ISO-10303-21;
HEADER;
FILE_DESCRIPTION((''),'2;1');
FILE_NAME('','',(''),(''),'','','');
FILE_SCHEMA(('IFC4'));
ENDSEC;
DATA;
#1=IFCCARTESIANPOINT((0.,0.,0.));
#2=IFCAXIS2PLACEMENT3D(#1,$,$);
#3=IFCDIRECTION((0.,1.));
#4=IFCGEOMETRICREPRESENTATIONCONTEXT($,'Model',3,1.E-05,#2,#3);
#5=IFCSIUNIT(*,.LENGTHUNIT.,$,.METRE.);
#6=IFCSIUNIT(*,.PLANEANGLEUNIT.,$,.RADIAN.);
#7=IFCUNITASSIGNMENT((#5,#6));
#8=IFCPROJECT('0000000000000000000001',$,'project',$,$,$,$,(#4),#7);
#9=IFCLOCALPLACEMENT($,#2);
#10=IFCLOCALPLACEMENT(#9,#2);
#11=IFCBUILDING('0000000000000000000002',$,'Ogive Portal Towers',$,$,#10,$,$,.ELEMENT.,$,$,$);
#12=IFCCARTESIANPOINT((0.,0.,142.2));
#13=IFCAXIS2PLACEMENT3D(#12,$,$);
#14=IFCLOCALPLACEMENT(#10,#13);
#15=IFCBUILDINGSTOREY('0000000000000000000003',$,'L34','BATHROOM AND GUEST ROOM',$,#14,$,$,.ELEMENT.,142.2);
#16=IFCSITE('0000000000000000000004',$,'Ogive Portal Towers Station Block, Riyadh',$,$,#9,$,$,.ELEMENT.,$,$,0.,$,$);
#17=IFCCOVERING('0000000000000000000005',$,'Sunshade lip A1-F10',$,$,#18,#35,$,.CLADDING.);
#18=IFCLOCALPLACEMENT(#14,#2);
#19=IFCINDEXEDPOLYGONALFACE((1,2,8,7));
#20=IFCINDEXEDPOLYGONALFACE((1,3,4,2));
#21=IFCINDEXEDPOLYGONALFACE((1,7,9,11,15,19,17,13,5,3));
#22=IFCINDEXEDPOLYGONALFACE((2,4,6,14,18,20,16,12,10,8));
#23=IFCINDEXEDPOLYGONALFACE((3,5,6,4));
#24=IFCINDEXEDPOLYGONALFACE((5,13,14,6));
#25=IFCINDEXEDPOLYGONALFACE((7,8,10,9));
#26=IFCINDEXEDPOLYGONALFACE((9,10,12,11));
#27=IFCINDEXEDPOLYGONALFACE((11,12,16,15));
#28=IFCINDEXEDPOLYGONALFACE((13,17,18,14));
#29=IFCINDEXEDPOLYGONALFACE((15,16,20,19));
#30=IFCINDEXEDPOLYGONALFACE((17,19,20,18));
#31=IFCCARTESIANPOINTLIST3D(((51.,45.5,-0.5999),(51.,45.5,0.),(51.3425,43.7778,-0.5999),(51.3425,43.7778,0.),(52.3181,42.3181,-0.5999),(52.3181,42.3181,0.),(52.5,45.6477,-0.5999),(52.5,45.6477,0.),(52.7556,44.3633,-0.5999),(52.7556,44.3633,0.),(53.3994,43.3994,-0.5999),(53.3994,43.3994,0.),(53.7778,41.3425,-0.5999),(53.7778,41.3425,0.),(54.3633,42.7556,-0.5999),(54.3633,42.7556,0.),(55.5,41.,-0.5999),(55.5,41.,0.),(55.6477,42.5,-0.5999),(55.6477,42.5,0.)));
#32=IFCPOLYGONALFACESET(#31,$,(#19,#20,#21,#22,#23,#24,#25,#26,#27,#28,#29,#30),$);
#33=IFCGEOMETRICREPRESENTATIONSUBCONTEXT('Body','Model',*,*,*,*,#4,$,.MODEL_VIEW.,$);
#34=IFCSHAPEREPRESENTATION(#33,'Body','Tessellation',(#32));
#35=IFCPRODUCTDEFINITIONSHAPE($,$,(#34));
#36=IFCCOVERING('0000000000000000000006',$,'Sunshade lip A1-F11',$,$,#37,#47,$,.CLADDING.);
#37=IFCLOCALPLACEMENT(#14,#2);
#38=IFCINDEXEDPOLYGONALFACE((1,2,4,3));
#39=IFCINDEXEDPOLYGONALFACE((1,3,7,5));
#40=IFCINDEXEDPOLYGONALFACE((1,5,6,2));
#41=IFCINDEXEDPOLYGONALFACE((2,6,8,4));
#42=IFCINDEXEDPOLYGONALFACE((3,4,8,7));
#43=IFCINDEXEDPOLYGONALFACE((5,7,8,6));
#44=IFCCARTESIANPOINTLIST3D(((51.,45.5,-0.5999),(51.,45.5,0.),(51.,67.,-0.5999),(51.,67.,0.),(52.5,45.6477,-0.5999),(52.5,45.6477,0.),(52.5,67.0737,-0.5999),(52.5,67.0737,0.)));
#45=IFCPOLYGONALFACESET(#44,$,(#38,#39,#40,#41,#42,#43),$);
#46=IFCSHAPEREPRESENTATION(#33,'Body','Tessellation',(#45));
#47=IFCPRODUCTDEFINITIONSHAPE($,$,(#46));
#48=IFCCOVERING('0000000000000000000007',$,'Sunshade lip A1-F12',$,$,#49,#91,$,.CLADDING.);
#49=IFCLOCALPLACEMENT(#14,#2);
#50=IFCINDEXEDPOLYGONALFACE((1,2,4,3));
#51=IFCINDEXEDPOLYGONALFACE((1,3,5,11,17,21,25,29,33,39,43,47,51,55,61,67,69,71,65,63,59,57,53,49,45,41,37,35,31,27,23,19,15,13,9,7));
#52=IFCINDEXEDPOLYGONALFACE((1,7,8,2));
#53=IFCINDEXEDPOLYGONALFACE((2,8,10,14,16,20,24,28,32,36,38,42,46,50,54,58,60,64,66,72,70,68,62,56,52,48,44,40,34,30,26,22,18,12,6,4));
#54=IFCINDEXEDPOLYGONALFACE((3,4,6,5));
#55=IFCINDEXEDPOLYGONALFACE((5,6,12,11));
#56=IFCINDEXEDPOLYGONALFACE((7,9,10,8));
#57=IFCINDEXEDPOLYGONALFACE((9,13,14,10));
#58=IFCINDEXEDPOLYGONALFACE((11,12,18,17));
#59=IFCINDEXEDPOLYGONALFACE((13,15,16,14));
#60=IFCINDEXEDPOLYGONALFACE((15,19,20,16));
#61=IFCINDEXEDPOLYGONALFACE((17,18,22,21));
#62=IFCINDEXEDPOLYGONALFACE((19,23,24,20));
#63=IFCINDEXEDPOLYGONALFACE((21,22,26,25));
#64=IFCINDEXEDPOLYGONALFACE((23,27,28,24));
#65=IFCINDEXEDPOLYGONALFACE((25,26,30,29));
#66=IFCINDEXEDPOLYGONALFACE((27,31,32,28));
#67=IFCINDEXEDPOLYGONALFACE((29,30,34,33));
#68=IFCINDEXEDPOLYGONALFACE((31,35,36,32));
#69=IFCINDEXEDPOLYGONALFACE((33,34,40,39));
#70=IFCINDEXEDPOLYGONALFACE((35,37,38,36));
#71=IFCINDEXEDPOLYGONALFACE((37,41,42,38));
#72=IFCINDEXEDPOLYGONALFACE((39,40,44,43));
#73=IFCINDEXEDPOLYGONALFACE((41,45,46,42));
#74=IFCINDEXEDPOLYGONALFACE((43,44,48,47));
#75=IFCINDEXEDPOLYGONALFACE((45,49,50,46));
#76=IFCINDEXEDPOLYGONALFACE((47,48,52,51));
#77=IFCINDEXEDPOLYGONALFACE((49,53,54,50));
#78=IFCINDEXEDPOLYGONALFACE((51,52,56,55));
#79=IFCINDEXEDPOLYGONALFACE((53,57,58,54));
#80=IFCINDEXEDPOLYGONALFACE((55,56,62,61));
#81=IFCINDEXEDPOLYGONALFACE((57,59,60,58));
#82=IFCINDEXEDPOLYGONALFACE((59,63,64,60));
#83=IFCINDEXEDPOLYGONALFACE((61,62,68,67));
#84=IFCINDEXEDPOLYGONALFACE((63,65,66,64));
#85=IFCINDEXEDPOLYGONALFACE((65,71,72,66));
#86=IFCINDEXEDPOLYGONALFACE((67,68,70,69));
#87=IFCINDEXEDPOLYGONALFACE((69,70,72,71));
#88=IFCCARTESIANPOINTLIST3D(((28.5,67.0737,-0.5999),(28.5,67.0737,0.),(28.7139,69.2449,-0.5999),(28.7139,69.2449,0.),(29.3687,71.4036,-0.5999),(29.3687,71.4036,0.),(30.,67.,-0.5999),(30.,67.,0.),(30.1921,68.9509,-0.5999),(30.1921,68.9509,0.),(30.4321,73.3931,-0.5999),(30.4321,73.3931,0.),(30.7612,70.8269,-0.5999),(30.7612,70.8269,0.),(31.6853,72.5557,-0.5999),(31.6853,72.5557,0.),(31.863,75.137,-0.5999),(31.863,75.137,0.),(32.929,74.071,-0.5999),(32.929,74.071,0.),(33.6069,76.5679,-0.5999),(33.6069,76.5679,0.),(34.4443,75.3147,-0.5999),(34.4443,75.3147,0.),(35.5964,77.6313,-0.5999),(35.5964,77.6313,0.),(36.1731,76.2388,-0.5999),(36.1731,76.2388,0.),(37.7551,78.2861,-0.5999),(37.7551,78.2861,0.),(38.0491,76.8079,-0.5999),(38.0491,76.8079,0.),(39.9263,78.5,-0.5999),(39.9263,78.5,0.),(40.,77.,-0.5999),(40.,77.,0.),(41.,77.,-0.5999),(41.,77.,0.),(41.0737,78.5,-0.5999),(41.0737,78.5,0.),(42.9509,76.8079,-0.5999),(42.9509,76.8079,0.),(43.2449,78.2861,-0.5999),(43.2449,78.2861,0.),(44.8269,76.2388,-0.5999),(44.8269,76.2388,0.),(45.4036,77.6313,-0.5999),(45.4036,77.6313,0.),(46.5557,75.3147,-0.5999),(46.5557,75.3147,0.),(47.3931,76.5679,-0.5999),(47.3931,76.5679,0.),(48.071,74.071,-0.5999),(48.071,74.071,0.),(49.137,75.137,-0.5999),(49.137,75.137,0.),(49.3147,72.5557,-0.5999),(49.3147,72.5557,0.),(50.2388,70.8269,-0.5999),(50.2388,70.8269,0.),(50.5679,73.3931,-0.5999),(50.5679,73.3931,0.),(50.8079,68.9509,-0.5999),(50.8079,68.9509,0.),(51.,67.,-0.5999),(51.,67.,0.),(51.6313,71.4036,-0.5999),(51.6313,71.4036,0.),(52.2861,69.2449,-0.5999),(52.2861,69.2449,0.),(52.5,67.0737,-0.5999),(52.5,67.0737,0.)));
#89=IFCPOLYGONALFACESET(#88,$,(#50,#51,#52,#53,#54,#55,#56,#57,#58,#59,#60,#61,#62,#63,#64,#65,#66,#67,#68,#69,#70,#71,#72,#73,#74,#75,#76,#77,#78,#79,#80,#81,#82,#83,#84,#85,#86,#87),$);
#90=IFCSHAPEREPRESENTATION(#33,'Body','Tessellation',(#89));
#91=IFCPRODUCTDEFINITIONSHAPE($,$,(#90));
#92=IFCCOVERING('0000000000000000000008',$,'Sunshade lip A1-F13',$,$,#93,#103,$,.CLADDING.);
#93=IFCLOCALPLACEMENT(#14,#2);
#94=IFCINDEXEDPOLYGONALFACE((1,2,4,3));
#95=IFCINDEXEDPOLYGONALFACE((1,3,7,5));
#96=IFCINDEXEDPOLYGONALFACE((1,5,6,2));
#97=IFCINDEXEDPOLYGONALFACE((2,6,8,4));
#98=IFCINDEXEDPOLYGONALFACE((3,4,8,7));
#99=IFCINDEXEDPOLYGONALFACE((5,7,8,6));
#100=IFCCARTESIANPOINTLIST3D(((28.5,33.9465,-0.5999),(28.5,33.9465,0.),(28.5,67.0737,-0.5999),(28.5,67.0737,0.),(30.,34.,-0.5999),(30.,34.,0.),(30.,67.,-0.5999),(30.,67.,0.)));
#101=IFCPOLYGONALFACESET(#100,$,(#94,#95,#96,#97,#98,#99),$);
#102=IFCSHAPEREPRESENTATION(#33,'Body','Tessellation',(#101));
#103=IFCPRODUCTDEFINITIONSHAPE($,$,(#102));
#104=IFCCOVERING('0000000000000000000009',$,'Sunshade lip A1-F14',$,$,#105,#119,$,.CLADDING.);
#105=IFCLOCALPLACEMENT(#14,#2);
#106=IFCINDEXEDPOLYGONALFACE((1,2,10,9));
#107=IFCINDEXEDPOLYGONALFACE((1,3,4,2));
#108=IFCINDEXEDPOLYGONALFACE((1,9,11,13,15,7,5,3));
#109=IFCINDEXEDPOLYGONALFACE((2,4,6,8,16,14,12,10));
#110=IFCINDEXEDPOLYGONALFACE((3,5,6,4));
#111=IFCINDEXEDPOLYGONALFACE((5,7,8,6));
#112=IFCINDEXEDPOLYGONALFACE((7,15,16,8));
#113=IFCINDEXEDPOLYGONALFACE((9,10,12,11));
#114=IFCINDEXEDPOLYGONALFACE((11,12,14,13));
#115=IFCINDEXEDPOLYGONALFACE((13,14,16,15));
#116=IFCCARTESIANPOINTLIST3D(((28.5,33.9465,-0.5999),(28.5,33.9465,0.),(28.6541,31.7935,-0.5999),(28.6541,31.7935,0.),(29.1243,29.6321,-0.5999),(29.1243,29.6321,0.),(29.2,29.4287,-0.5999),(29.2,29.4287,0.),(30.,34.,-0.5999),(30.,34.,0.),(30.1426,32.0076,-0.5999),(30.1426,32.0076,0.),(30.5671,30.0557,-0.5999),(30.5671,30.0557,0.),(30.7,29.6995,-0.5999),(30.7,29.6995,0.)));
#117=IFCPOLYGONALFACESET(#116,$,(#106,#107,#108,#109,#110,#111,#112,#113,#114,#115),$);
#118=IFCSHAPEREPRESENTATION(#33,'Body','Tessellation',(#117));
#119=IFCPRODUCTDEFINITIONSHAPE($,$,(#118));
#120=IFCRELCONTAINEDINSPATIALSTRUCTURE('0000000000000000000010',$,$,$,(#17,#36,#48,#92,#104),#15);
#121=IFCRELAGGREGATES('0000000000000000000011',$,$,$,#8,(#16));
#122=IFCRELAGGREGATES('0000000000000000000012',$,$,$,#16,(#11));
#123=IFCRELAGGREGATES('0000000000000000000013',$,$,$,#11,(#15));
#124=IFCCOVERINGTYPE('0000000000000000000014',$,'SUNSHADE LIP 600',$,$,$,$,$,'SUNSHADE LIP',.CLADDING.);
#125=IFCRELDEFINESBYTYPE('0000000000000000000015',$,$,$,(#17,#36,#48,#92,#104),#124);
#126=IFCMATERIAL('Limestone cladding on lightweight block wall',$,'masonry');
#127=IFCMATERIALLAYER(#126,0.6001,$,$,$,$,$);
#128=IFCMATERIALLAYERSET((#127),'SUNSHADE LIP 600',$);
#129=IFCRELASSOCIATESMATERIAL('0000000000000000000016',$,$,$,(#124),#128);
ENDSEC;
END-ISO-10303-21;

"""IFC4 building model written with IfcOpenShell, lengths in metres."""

from ifc_helpers import new_model, si_unit, direction, frame, origin, place, context, subcontext, project, spatial, polyline, outline, extrude, material, layer, layer_set, type_object, element, save


model = new_model("IFC4")

# Units and contexts
model_context = context("Model", 3, precision=1e-05, world=origin(), true_north=direction((0.0, 1.0)))
body_context = subcontext(model_context, "Body", "Model", "MODEL_VIEW")
ifc_project = project(units=[si_unit("LENGTHUNIT", "METRE"), si_unit("PLANEANGLEUNIT", "RADIAN")], contexts=[model_context])

# Site, building, storey
site_placement = place(None, origin())
site = spatial("IfcSite", under=ifc_project, at=site_placement, Name="Ogive Portal Towers Station Block, Riyadh", CompositionType="ELEMENT", RefElevation=0.0)
building_placement = place(site_placement, origin())
building = spatial("IfcBuilding", under=site, at=building_placement, Name="Ogive Portal Towers", CompositionType="ELEMENT")
storey_placement = place(building_placement, frame((0.0, 0.0, 142.2)))
storey = spatial("IfcBuildingStorey", under=building, at=storey_placement, Name="L34", Description="BATHROOM AND GUEST ROOM", CompositionType="ELEMENT", Elevation=142.2)

# Coverings
ifc_material_1 = material(Name="Limestone cladding on lightweight block wall", Category="masonry")
ifc_layer_1 = layer(ifc_material_1, 0.6001)
ifc_layer_set_1 = layer_set([ifc_layer_1], Name="SUNSHADE LIP 600")
covering_type_1 = type_object("IfcCoveringType", Name="SUNSHADE LIP 600", ElementType="SUNSHADE LIP", PredefinedType="CLADDING", material=ifc_layer_set_1)
covering_1_placement = place(storey_placement, frame((0.0, 0.0, -0.5999)))
element("IfcCovering", 1, at=covering_1_placement, inside=storey, type_object=covering_type_1, Name="Sunshade lip A1-F10", PredefinedType="CLADDING", context=body_context, shape_type="SweptSolid", body=[
    extrude(outline(polyline([(55.5, 41.0), (53.7778, 41.3425), (52.3181, 42.3181), (51.3425, 43.7778), (51.0, 45.5), (52.5, 45.6477), (52.7556, 44.3633), (53.3994, 43.3994), (54.3633, 42.7556), (55.6477, 42.5), (55.5, 41.0)])), origin(), (0.0, 0.0, 1.0), 0.5999),
])
covering_2_placement = place(storey_placement, frame((0.0, 0.0, -0.5999)))
element("IfcCovering", 2, at=covering_2_placement, inside=storey, type_object=covering_type_1, Name="Sunshade lip A1-F11", PredefinedType="CLADDING", context=body_context, shape_type="SweptSolid", body=[
    extrude(outline(polyline([(51.0, 45.5), (51.0, 67.0), (52.5, 67.0737), (52.5, 45.6477), (51.0, 45.5)])), origin(), (0.0, 0.0, 1.0), 0.5999),
])
covering_3_placement = place(storey_placement, frame((0.0, 0.0, -0.5999)))
element("IfcCovering", 3, at=covering_3_placement, inside=storey, type_object=covering_type_1, Name="Sunshade lip A1-F12", PredefinedType="CLADDING", context=body_context, shape_type="SweptSolid", body=[
    extrude(outline(polyline([(51.0, 67.0), (50.8079, 68.9509), (50.2388, 70.8269), (49.3147, 72.5557), (48.071, 74.071), (46.5557, 75.3147), (44.8269, 76.2388), (42.9509, 76.8079), (41.0, 77.0), (40.0, 77.0), (38.0491, 76.8079), (36.1731, 76.2388), (34.4443, 75.3147), (32.929, 74.071), (31.6853, 72.5557), (30.7612, 70.8269), (30.1921, 68.9509), (30.0, 67.0), (28.5, 67.0737), (28.7139, 69.2449), (29.3687, 71.4036), (30.4321, 73.3931), (31.863, 75.137), (33.6069, 76.5679), (35.5964, 77.6313), (37.7551, 78.2861), (39.9263, 78.5), (41.0737, 78.5), (43.2449, 78.2861), (45.4036, 77.6313), (47.3931, 76.5679), (49.137, 75.137), (50.5679, 73.3931), (51.6313, 71.4036), (52.2861, 69.2449), (52.5, 67.0737), (51.0, 67.0)])), origin(), (0.0, 0.0, 1.0), 0.5999),
])
covering_4_placement = place(storey_placement, frame((0.0, 0.0, -0.5999)))
element("IfcCovering", 4, at=covering_4_placement, inside=storey, type_object=covering_type_1, Name="Sunshade lip A1-F13", PredefinedType="CLADDING", context=body_context, shape_type="SweptSolid", body=[
    extrude(outline(polyline([(30.0, 67.0), (30.0, 34.0), (28.5, 33.9465), (28.5, 67.0737), (30.0, 67.0)])), origin(), (0.0, 0.0, 1.0), 0.5999),
])
covering_5_placement = place(storey_placement, frame((0.0, 0.0, -0.5999)))
element("IfcCovering", 5, at=covering_5_placement, inside=storey, type_object=covering_type_1, Name="Sunshade lip A1-F14", PredefinedType="CLADDING", context=body_context, shape_type="SweptSolid", body=[
    extrude(outline(polyline([(30.0, 34.0), (30.1426, 32.0076), (30.5671, 30.0557), (30.7, 29.6995), (29.2, 29.4287), (29.1243, 29.6321), (28.6541, 31.7935), (28.5, 33.9465), (30.0, 34.0)])), origin(), (0.0, 0.0, 1.0), 0.5999),
])

save(model, "model.ifc")
